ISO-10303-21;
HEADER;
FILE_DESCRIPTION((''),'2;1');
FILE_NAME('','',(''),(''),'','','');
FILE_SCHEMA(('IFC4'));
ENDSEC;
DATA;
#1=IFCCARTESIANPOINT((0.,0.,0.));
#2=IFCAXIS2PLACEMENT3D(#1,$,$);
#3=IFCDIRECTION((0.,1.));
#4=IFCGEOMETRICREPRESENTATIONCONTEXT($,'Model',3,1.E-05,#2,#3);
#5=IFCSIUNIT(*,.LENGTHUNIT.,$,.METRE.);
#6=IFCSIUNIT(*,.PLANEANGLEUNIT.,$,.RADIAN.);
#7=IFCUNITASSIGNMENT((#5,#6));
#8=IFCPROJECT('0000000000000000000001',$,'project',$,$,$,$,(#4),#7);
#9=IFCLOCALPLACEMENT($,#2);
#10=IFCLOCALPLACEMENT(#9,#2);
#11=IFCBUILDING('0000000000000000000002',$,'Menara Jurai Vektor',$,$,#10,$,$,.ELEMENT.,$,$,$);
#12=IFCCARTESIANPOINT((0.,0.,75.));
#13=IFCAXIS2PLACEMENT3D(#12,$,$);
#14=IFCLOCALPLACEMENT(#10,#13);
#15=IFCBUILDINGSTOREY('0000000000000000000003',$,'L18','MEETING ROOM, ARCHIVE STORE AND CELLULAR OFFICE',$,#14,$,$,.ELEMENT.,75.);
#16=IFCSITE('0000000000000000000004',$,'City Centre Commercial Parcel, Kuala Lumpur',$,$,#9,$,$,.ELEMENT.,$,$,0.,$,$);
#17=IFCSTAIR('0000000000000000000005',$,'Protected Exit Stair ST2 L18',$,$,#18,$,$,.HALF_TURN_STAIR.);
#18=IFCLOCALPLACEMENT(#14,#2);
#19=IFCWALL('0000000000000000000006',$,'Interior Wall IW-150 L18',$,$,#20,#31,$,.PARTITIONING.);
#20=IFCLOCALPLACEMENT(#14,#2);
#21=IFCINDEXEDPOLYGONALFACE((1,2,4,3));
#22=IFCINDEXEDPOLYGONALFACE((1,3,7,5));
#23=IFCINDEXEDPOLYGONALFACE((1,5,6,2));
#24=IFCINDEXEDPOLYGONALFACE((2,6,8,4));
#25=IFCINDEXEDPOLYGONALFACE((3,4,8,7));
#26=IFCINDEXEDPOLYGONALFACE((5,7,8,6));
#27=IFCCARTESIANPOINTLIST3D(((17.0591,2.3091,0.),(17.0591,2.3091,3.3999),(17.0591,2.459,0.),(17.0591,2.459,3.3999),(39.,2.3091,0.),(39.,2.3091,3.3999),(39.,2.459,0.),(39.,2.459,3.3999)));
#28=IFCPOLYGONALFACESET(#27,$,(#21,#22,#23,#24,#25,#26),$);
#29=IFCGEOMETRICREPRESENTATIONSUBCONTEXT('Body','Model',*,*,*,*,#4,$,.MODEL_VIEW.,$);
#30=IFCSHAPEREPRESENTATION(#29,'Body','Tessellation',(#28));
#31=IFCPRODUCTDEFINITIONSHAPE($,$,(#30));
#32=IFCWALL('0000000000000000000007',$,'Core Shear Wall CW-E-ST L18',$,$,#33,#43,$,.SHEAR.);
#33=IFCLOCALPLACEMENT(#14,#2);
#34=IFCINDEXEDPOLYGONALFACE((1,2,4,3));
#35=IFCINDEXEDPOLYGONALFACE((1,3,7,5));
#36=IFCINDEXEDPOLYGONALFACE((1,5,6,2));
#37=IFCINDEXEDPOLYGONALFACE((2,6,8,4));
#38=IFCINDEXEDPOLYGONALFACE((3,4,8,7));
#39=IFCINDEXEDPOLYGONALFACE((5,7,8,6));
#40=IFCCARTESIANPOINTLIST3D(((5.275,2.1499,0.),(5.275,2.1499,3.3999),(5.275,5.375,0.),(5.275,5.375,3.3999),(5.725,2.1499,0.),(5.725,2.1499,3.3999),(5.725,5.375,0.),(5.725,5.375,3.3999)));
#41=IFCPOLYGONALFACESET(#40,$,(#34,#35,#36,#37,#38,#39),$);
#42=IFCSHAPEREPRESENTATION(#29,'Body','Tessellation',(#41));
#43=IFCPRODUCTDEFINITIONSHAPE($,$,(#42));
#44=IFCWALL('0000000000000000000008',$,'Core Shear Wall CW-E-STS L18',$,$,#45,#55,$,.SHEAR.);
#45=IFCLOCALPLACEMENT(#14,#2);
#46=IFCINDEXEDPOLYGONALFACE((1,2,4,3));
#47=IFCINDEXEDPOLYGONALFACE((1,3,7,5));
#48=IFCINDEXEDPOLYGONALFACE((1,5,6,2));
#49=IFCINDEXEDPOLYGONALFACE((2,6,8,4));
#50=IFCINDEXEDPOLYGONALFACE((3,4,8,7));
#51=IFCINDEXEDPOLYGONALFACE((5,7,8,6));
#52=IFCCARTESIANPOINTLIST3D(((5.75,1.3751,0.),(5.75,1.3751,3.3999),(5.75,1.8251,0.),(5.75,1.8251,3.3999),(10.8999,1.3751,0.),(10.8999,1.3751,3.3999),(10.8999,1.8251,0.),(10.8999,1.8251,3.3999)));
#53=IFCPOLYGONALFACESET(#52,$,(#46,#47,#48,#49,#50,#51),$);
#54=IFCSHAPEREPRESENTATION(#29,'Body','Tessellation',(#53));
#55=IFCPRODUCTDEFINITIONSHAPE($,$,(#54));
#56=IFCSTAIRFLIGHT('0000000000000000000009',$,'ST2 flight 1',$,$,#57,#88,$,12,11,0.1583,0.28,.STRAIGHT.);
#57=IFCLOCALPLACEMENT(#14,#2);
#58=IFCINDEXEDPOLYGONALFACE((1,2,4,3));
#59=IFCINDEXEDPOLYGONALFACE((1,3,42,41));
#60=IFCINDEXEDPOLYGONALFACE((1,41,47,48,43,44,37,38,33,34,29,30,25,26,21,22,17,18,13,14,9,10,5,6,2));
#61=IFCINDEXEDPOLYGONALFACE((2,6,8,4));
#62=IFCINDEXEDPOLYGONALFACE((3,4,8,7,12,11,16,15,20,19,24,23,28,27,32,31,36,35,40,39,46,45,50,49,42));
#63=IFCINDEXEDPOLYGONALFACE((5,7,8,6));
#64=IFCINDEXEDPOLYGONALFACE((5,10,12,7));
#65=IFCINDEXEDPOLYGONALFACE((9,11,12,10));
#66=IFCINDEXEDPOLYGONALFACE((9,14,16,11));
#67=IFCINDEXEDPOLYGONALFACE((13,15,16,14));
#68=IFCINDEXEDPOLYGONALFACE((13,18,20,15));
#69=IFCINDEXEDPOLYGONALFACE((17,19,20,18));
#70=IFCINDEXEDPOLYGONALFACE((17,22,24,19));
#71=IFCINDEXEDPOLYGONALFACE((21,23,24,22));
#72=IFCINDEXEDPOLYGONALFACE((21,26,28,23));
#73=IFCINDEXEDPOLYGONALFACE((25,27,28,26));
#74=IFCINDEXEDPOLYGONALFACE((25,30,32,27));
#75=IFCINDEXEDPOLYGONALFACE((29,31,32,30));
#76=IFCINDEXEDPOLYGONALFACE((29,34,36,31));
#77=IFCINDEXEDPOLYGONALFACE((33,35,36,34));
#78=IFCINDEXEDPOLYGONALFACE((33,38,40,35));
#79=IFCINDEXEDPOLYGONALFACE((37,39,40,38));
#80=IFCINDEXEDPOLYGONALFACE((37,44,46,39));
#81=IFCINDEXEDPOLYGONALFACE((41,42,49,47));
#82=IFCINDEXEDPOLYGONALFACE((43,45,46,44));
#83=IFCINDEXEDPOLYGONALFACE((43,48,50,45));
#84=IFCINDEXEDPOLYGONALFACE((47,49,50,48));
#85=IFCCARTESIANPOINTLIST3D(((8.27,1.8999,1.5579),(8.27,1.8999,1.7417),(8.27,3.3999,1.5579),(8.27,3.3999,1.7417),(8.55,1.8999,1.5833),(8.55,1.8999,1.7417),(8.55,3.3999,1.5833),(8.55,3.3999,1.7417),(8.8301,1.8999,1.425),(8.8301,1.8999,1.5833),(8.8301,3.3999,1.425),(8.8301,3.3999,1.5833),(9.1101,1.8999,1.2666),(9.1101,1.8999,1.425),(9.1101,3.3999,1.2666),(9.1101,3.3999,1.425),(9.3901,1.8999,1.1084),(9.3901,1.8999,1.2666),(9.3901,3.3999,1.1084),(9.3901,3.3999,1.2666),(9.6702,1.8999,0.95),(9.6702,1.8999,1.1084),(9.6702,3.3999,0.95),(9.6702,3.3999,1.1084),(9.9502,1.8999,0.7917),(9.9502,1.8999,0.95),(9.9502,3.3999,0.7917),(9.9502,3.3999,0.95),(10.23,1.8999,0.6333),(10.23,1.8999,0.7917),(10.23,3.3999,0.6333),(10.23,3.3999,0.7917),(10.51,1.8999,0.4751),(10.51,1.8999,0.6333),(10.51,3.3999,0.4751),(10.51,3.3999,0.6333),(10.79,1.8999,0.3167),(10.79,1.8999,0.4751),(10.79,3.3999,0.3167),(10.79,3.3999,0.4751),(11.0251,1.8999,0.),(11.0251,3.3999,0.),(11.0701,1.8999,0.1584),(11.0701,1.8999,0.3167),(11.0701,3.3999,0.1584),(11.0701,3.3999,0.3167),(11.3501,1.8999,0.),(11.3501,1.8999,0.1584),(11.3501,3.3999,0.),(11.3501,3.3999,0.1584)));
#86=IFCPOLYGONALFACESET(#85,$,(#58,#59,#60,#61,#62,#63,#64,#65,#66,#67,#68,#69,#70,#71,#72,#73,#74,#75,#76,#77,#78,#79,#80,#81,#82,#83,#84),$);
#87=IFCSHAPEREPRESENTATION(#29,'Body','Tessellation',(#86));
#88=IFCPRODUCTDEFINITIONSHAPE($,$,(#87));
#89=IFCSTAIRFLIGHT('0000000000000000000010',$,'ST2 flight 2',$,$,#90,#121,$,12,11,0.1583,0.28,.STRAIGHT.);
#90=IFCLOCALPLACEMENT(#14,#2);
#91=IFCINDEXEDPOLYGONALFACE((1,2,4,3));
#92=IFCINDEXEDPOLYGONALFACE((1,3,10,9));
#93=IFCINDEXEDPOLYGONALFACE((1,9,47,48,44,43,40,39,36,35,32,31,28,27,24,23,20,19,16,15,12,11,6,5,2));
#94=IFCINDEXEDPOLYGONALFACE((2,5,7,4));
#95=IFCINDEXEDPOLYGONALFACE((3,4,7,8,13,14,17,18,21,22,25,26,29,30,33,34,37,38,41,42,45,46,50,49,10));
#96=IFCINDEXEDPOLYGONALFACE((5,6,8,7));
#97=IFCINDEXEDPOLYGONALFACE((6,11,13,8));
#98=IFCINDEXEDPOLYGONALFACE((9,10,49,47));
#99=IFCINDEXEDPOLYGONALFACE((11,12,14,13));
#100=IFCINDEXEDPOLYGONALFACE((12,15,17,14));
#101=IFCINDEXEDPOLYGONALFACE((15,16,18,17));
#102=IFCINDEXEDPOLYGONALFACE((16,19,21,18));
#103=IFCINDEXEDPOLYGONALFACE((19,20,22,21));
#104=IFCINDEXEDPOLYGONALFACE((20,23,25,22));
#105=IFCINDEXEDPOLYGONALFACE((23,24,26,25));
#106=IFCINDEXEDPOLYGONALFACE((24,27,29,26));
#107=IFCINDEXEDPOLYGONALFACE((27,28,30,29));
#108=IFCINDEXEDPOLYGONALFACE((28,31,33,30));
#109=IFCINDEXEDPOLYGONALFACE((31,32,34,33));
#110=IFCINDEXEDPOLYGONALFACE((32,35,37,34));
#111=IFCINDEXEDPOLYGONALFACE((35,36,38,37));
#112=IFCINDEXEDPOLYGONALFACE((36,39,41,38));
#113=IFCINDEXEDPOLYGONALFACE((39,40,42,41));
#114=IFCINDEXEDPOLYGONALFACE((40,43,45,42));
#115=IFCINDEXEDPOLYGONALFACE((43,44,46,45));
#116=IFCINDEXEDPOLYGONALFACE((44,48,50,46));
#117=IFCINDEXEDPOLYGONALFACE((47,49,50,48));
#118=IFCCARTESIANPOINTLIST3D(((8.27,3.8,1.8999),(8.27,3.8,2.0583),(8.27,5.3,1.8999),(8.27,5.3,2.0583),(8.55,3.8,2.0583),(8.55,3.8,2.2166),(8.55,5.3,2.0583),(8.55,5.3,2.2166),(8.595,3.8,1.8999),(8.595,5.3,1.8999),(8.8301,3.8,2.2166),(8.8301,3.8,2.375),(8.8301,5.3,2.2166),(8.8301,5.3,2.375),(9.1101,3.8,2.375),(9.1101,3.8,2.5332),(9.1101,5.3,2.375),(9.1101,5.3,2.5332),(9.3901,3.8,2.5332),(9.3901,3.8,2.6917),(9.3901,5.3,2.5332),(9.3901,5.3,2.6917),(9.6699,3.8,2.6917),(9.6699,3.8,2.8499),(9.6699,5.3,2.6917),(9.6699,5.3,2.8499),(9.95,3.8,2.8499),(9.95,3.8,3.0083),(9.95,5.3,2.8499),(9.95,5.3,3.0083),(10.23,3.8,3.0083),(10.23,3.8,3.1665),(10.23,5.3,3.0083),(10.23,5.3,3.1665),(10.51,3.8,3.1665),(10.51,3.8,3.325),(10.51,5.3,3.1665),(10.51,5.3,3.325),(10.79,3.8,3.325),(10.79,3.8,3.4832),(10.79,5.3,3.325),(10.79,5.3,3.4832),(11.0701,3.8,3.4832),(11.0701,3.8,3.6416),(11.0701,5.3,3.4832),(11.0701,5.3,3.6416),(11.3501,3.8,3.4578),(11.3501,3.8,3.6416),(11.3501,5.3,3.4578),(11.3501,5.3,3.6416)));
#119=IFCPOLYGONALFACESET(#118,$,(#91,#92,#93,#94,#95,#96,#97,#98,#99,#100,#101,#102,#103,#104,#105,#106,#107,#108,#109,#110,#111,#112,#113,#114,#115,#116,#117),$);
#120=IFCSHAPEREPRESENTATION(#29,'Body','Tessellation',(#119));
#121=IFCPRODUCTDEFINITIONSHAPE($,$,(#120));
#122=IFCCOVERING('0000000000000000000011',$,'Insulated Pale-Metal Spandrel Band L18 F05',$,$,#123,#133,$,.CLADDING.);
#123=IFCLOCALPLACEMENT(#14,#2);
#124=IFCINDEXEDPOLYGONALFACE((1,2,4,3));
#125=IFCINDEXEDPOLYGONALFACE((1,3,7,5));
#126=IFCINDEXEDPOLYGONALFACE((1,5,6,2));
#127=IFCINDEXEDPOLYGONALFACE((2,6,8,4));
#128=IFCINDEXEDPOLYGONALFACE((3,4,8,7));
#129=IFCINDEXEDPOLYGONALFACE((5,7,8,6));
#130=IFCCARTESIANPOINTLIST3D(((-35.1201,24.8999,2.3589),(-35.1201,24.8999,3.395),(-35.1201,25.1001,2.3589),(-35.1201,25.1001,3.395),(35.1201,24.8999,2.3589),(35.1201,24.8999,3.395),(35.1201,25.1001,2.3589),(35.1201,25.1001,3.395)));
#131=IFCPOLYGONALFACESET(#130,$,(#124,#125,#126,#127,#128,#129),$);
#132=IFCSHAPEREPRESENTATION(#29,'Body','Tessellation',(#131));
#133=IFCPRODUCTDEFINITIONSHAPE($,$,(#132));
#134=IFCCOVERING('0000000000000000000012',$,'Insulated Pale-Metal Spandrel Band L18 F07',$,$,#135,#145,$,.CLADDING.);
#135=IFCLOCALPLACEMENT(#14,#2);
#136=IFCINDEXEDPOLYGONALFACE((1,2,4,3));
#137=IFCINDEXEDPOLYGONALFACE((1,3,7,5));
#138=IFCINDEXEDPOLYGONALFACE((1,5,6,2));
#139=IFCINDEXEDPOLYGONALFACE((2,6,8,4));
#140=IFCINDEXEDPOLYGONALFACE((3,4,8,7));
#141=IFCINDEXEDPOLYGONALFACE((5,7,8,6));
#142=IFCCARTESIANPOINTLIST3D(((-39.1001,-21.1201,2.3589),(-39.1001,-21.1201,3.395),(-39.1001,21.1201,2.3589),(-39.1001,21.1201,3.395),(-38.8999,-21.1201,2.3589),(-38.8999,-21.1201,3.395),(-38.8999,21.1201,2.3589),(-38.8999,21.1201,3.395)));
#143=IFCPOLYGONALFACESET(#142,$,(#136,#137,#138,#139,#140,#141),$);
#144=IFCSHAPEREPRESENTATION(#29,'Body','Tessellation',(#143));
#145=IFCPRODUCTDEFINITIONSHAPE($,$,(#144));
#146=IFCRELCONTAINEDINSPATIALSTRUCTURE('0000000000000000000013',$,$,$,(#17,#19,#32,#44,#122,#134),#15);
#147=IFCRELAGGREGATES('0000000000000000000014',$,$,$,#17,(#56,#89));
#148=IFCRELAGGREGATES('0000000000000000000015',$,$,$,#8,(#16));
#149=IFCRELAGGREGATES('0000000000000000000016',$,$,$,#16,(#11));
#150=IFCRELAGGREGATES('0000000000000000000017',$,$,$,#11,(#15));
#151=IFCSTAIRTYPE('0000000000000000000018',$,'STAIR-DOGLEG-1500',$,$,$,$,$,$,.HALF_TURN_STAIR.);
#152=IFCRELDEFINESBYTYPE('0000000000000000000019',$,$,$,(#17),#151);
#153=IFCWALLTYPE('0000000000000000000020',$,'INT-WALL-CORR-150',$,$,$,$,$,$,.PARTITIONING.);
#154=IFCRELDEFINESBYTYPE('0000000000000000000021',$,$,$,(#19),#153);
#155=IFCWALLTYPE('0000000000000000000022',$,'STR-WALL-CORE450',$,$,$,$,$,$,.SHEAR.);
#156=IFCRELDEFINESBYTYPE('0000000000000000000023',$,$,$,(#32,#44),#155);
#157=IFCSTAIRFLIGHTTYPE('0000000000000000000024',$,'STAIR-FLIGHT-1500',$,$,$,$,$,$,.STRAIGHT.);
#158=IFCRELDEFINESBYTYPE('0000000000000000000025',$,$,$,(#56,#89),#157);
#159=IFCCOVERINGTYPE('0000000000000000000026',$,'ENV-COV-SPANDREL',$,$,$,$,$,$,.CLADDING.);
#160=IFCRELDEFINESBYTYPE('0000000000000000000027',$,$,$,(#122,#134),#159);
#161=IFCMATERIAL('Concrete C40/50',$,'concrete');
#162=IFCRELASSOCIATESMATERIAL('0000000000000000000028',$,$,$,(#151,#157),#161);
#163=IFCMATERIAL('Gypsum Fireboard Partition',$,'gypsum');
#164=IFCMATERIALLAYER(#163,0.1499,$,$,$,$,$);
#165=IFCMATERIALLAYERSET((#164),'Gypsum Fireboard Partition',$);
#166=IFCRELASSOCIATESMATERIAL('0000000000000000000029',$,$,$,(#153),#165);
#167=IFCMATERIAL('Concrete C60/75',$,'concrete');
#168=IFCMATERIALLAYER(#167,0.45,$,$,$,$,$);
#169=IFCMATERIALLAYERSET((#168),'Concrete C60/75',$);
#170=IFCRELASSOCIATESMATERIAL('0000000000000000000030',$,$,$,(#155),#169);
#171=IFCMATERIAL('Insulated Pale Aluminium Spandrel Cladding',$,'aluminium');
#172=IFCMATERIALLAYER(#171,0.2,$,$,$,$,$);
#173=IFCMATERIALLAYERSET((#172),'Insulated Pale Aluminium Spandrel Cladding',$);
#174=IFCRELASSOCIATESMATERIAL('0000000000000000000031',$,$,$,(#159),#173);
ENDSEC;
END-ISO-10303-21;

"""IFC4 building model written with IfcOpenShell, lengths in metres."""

from ifc_helpers import new_model, si_unit, direction, frame, frame_2d, origin, place, context, subcontext, project, spatial, polyline, rectangle, outline, extrude, material, layer, layer_set, type_object, element, aggregate, save


model = new_model("IFC4")

# Units and contexts
model_context = context("Model", 3, precision=1e-05, world=origin(), true_north=direction((0.0, 1.0)))
body_context = subcontext(model_context, "Body", "Model", "MODEL_VIEW")
ifc_project = project(units=[si_unit("LENGTHUNIT", "METRE"), si_unit("PLANEANGLEUNIT", "RADIAN")], contexts=[model_context])

# Site, building, storey
site_placement = place(None, origin())
site = spatial("IfcSite", under=ifc_project, at=site_placement, Name="City Centre Commercial Parcel, Kuala Lumpur", CompositionType="ELEMENT", RefElevation=0.0)
building_placement = place(site_placement, origin())
building = spatial("IfcBuilding", under=site, at=building_placement, Name="Menara Jurai Vektor", CompositionType="ELEMENT")
storey_placement = place(building_placement, frame((0.0, 0.0, 75.0)))
storey = spatial("IfcBuildingStorey", under=building, at=storey_placement, Name="L18", Description="MEETING ROOM, ARCHIVE STORE AND CELLULAR OFFICE", CompositionType="ELEMENT", Elevation=75.0)

# Shared definitions
ifc_material_1 = material(Name="Concrete C60/75", Category="concrete")

# Stair
ifc_material_2 = material(Name="Concrete C40/50", Category="concrete")
stair_type = type_object("IfcStairType", Name="STAIR-DOGLEG-1500", PredefinedType="HALF_TURN_STAIR", material=ifc_material_2)
stair_1_placement = place(storey_placement, origin())
stair_1 = element("IfcStair", 1, at=stair_1_placement, inside=storey, type_object=stair_type, Name="Protected Exit Stair ST2 L18", PredefinedType="HALF_TURN_STAIR")

# Shared definitions
ifc_material_3 = material(Name="Gypsum Fireboard Partition", Category="gypsum")
ifc_layer_1 = layer(ifc_material_3, 0.1499)
ifc_layer_set_1 = layer_set([ifc_layer_1], Name="Gypsum Fireboard Partition")
wall_type_1 = type_object("IfcWallType", Name="INT-WALL-CORR-150", PredefinedType="PARTITIONING", material=ifc_layer_set_1)

# Walls
wall_1_placement = place(storey_placement, frame((17.0591, 2.384, 0.0), z_axis=(0.0, 0.0, 1.0), x_axis=(1.0, 0.0, 0.0)))
element("IfcWall", 2, at=wall_1_placement, inside=storey, type_object=wall_type_1, Name="Interior Wall IW-150 L18", PredefinedType="PARTITIONING", context=body_context, shape_type="SweptSolid", body=[
    extrude(rectangle(XDim=21.9409, YDim=0.1499, at=frame_2d((10.9705, 0.0))), origin(), (0.0, 0.0, 1.0), 3.3999),
])
ifc_layer_2 = layer(ifc_material_1, 0.45)
ifc_layer_set_2 = layer_set([ifc_layer_2], Name="Concrete C60/75")
wall_type_2 = type_object("IfcWallType", Name="STR-WALL-CORE450", PredefinedType="SHEAR", material=ifc_layer_set_2)
wall_2_placement = place(storey_placement, frame((5.5, 2.1499, 0.0), z_axis=(0.0, 0.0, 1.0), x_axis=(0.0, 1.0, 0.0)))
element("IfcWall", 3, at=wall_2_placement, inside=storey, type_object=wall_type_2, Name="Core Shear Wall CW-E-ST L18", PredefinedType="SHEAR", context=body_context, shape_type="SweptSolid", body=[
    extrude(rectangle(XDim=3.2251, YDim=0.45, at=frame_2d((1.6125, 0.0))), origin(), (0.0, 0.0, 1.0), 3.3999),
])
wall_3_placement = place(storey_placement, frame((5.75, 1.6001, 0.0), z_axis=(0.0, 0.0, 1.0), x_axis=(1.0, 0.0, 0.0)))
element("IfcWall", 4, at=wall_3_placement, inside=storey, type_object=wall_type_2, Name="Core Shear Wall CW-E-STS L18", PredefinedType="SHEAR", context=body_context, shape_type="SweptSolid", body=[
    extrude(rectangle(XDim=5.1499, YDim=0.45, at=frame_2d((2.575, 0.0))), origin(), (0.0, 0.0, 1.0), 3.3999),
])

# Stair flights
stair_flight_type = type_object("IfcStairFlightType", Name="STAIR-FLIGHT-1500", PredefinedType="STRAIGHT", material=ifc_material_2)
stair_flight_1_placement = place(storey_placement, frame((11.3501, 2.6499, 0.0), z_axis=(0.0, 0.0, 1.0), x_axis=(-1.0, 0.0, 0.0)))
stair_flight_1 = element("IfcStairFlight", 5, at=stair_flight_1_placement, type_object=stair_flight_type, Name="ST2 flight 1", NumberOfRisers=12, NumberOfTreads=11, PredefinedType="STRAIGHT", RiserHeight=0.1583, TreadLength=0.28, context=body_context, shape_type="SweptSolid", body=[
    extrude(outline(polyline([(0.0, 0.0), (0.0, 0.1584), (0.28, 0.1584), (0.28, 0.3167), (0.5601, 0.3167), (0.5601, 0.4751), (0.8401, 0.4751), (0.8401, 0.6333), (1.1201, 0.6333), (1.1201, 0.7917), (1.3999, 0.7917), (1.3999, 0.95), (1.6799, 0.95), (1.6799, 1.1084), (1.96, 1.1084), (1.96, 1.2666), (2.24, 1.2666), (2.24, 1.425), (2.52, 1.425), (2.52, 1.5833), (2.8, 1.5833), (2.8, 1.7417), (3.0801, 1.7417), (3.0801, 1.8999), (3.0801, 1.5579), (0.325, 0.0), (0.0, 0.0)])), frame((0.0, 0.75, 0.0), z_axis=(0.0, -1.0, 0.0), x_axis=(1.0, 0.0, 0.0)), (0.0, 0.0, 1.0), 1.5),
])
stair_flight_2_placement = place(storey_placement, frame((8.27, 4.55, 1.8999), z_axis=(0.0, 0.0, 1.0), x_axis=(1.0, 0.0, 0.0)))
stair_flight_2 = element("IfcStairFlight", 6, at=stair_flight_2_placement, type_object=stair_flight_type, Name="ST2 flight 2", NumberOfRisers=12, NumberOfTreads=11, PredefinedType="STRAIGHT", RiserHeight=0.1583, TreadLength=0.28, context=body_context, shape_type="SweptSolid", body=[
    extrude(outline(polyline([(0.0, 0.0), (0.0, 0.1584), (0.28, 0.1584), (0.28, 0.3167), (0.5601, 0.3167), (0.5601, 0.4751), (0.8401, 0.4751), (0.8401, 0.6333), (1.1201, 0.6333), (1.1201, 0.7917), (1.3999, 0.7917), (1.3999, 0.95), (1.6799, 0.95), (1.6799, 1.1084), (1.96, 1.1084), (1.96, 1.2666), (2.24, 1.2666), (2.24, 1.425), (2.52, 1.425), (2.52, 1.5833), (2.8, 1.5833), (2.8, 1.7417), (3.0801, 1.7417), (3.0801, 1.8999), (3.0801, 1.5579), (0.325, 0.0), (0.0, 0.0)])), frame((0.0, 0.75, 0.0), z_axis=(0.0, -1.0, 0.0), x_axis=(1.0, 0.0, 0.0)), (0.0, 0.0, 1.0), 1.5),
])
aggregate(stair_1, [stair_flight_1, stair_flight_2])

# Coverings
ifc_material_4 = material(Name="Insulated Pale Aluminium Spandrel Cladding", Category="aluminium")
ifc_layer_3 = layer(ifc_material_4, 0.2)
ifc_layer_set_3 = layer_set([ifc_layer_3], Name="Insulated Pale Aluminium Spandrel Cladding")
covering_type = type_object("IfcCoveringType", Name="ENV-COV-SPANDREL", PredefinedType="CLADDING", material=ifc_layer_set_3)
covering_1_placement = place(storey_placement, frame((0.0, 0.0, 2.3589)))
element("IfcCovering", 7, at=covering_1_placement, inside=storey, type_object=covering_type, Name="Insulated Pale-Metal Spandrel Band L18 F05", PredefinedType="CLADDING", context=body_context, shape_type="SweptSolid", body=[
    extrude(outline(polyline([(35.1201, 24.8999), (35.1201, 25.1001), (-35.1201, 25.1001), (-35.1201, 24.8999), (35.1201, 24.8999)])), origin(), (0.0, 0.0, 1.0), 1.0361),
])
covering_2_placement = place(storey_placement, frame((0.0, 0.0, 2.3589)))
element("IfcCovering", 8, at=covering_2_placement, inside=storey, type_object=covering_type, Name="Insulated Pale-Metal Spandrel Band L18 F07", PredefinedType="CLADDING", context=body_context, shape_type="SweptSolid", body=[
    extrude(outline(polyline([(-38.8999, 21.1201), (-39.1001, 21.1201), (-39.1001, -21.1201), (-38.8999, -21.1201), (-38.8999, 21.1201)])), origin(), (0.0, 0.0, 1.0), 1.0361),
])

save(model, "model.ifc")
